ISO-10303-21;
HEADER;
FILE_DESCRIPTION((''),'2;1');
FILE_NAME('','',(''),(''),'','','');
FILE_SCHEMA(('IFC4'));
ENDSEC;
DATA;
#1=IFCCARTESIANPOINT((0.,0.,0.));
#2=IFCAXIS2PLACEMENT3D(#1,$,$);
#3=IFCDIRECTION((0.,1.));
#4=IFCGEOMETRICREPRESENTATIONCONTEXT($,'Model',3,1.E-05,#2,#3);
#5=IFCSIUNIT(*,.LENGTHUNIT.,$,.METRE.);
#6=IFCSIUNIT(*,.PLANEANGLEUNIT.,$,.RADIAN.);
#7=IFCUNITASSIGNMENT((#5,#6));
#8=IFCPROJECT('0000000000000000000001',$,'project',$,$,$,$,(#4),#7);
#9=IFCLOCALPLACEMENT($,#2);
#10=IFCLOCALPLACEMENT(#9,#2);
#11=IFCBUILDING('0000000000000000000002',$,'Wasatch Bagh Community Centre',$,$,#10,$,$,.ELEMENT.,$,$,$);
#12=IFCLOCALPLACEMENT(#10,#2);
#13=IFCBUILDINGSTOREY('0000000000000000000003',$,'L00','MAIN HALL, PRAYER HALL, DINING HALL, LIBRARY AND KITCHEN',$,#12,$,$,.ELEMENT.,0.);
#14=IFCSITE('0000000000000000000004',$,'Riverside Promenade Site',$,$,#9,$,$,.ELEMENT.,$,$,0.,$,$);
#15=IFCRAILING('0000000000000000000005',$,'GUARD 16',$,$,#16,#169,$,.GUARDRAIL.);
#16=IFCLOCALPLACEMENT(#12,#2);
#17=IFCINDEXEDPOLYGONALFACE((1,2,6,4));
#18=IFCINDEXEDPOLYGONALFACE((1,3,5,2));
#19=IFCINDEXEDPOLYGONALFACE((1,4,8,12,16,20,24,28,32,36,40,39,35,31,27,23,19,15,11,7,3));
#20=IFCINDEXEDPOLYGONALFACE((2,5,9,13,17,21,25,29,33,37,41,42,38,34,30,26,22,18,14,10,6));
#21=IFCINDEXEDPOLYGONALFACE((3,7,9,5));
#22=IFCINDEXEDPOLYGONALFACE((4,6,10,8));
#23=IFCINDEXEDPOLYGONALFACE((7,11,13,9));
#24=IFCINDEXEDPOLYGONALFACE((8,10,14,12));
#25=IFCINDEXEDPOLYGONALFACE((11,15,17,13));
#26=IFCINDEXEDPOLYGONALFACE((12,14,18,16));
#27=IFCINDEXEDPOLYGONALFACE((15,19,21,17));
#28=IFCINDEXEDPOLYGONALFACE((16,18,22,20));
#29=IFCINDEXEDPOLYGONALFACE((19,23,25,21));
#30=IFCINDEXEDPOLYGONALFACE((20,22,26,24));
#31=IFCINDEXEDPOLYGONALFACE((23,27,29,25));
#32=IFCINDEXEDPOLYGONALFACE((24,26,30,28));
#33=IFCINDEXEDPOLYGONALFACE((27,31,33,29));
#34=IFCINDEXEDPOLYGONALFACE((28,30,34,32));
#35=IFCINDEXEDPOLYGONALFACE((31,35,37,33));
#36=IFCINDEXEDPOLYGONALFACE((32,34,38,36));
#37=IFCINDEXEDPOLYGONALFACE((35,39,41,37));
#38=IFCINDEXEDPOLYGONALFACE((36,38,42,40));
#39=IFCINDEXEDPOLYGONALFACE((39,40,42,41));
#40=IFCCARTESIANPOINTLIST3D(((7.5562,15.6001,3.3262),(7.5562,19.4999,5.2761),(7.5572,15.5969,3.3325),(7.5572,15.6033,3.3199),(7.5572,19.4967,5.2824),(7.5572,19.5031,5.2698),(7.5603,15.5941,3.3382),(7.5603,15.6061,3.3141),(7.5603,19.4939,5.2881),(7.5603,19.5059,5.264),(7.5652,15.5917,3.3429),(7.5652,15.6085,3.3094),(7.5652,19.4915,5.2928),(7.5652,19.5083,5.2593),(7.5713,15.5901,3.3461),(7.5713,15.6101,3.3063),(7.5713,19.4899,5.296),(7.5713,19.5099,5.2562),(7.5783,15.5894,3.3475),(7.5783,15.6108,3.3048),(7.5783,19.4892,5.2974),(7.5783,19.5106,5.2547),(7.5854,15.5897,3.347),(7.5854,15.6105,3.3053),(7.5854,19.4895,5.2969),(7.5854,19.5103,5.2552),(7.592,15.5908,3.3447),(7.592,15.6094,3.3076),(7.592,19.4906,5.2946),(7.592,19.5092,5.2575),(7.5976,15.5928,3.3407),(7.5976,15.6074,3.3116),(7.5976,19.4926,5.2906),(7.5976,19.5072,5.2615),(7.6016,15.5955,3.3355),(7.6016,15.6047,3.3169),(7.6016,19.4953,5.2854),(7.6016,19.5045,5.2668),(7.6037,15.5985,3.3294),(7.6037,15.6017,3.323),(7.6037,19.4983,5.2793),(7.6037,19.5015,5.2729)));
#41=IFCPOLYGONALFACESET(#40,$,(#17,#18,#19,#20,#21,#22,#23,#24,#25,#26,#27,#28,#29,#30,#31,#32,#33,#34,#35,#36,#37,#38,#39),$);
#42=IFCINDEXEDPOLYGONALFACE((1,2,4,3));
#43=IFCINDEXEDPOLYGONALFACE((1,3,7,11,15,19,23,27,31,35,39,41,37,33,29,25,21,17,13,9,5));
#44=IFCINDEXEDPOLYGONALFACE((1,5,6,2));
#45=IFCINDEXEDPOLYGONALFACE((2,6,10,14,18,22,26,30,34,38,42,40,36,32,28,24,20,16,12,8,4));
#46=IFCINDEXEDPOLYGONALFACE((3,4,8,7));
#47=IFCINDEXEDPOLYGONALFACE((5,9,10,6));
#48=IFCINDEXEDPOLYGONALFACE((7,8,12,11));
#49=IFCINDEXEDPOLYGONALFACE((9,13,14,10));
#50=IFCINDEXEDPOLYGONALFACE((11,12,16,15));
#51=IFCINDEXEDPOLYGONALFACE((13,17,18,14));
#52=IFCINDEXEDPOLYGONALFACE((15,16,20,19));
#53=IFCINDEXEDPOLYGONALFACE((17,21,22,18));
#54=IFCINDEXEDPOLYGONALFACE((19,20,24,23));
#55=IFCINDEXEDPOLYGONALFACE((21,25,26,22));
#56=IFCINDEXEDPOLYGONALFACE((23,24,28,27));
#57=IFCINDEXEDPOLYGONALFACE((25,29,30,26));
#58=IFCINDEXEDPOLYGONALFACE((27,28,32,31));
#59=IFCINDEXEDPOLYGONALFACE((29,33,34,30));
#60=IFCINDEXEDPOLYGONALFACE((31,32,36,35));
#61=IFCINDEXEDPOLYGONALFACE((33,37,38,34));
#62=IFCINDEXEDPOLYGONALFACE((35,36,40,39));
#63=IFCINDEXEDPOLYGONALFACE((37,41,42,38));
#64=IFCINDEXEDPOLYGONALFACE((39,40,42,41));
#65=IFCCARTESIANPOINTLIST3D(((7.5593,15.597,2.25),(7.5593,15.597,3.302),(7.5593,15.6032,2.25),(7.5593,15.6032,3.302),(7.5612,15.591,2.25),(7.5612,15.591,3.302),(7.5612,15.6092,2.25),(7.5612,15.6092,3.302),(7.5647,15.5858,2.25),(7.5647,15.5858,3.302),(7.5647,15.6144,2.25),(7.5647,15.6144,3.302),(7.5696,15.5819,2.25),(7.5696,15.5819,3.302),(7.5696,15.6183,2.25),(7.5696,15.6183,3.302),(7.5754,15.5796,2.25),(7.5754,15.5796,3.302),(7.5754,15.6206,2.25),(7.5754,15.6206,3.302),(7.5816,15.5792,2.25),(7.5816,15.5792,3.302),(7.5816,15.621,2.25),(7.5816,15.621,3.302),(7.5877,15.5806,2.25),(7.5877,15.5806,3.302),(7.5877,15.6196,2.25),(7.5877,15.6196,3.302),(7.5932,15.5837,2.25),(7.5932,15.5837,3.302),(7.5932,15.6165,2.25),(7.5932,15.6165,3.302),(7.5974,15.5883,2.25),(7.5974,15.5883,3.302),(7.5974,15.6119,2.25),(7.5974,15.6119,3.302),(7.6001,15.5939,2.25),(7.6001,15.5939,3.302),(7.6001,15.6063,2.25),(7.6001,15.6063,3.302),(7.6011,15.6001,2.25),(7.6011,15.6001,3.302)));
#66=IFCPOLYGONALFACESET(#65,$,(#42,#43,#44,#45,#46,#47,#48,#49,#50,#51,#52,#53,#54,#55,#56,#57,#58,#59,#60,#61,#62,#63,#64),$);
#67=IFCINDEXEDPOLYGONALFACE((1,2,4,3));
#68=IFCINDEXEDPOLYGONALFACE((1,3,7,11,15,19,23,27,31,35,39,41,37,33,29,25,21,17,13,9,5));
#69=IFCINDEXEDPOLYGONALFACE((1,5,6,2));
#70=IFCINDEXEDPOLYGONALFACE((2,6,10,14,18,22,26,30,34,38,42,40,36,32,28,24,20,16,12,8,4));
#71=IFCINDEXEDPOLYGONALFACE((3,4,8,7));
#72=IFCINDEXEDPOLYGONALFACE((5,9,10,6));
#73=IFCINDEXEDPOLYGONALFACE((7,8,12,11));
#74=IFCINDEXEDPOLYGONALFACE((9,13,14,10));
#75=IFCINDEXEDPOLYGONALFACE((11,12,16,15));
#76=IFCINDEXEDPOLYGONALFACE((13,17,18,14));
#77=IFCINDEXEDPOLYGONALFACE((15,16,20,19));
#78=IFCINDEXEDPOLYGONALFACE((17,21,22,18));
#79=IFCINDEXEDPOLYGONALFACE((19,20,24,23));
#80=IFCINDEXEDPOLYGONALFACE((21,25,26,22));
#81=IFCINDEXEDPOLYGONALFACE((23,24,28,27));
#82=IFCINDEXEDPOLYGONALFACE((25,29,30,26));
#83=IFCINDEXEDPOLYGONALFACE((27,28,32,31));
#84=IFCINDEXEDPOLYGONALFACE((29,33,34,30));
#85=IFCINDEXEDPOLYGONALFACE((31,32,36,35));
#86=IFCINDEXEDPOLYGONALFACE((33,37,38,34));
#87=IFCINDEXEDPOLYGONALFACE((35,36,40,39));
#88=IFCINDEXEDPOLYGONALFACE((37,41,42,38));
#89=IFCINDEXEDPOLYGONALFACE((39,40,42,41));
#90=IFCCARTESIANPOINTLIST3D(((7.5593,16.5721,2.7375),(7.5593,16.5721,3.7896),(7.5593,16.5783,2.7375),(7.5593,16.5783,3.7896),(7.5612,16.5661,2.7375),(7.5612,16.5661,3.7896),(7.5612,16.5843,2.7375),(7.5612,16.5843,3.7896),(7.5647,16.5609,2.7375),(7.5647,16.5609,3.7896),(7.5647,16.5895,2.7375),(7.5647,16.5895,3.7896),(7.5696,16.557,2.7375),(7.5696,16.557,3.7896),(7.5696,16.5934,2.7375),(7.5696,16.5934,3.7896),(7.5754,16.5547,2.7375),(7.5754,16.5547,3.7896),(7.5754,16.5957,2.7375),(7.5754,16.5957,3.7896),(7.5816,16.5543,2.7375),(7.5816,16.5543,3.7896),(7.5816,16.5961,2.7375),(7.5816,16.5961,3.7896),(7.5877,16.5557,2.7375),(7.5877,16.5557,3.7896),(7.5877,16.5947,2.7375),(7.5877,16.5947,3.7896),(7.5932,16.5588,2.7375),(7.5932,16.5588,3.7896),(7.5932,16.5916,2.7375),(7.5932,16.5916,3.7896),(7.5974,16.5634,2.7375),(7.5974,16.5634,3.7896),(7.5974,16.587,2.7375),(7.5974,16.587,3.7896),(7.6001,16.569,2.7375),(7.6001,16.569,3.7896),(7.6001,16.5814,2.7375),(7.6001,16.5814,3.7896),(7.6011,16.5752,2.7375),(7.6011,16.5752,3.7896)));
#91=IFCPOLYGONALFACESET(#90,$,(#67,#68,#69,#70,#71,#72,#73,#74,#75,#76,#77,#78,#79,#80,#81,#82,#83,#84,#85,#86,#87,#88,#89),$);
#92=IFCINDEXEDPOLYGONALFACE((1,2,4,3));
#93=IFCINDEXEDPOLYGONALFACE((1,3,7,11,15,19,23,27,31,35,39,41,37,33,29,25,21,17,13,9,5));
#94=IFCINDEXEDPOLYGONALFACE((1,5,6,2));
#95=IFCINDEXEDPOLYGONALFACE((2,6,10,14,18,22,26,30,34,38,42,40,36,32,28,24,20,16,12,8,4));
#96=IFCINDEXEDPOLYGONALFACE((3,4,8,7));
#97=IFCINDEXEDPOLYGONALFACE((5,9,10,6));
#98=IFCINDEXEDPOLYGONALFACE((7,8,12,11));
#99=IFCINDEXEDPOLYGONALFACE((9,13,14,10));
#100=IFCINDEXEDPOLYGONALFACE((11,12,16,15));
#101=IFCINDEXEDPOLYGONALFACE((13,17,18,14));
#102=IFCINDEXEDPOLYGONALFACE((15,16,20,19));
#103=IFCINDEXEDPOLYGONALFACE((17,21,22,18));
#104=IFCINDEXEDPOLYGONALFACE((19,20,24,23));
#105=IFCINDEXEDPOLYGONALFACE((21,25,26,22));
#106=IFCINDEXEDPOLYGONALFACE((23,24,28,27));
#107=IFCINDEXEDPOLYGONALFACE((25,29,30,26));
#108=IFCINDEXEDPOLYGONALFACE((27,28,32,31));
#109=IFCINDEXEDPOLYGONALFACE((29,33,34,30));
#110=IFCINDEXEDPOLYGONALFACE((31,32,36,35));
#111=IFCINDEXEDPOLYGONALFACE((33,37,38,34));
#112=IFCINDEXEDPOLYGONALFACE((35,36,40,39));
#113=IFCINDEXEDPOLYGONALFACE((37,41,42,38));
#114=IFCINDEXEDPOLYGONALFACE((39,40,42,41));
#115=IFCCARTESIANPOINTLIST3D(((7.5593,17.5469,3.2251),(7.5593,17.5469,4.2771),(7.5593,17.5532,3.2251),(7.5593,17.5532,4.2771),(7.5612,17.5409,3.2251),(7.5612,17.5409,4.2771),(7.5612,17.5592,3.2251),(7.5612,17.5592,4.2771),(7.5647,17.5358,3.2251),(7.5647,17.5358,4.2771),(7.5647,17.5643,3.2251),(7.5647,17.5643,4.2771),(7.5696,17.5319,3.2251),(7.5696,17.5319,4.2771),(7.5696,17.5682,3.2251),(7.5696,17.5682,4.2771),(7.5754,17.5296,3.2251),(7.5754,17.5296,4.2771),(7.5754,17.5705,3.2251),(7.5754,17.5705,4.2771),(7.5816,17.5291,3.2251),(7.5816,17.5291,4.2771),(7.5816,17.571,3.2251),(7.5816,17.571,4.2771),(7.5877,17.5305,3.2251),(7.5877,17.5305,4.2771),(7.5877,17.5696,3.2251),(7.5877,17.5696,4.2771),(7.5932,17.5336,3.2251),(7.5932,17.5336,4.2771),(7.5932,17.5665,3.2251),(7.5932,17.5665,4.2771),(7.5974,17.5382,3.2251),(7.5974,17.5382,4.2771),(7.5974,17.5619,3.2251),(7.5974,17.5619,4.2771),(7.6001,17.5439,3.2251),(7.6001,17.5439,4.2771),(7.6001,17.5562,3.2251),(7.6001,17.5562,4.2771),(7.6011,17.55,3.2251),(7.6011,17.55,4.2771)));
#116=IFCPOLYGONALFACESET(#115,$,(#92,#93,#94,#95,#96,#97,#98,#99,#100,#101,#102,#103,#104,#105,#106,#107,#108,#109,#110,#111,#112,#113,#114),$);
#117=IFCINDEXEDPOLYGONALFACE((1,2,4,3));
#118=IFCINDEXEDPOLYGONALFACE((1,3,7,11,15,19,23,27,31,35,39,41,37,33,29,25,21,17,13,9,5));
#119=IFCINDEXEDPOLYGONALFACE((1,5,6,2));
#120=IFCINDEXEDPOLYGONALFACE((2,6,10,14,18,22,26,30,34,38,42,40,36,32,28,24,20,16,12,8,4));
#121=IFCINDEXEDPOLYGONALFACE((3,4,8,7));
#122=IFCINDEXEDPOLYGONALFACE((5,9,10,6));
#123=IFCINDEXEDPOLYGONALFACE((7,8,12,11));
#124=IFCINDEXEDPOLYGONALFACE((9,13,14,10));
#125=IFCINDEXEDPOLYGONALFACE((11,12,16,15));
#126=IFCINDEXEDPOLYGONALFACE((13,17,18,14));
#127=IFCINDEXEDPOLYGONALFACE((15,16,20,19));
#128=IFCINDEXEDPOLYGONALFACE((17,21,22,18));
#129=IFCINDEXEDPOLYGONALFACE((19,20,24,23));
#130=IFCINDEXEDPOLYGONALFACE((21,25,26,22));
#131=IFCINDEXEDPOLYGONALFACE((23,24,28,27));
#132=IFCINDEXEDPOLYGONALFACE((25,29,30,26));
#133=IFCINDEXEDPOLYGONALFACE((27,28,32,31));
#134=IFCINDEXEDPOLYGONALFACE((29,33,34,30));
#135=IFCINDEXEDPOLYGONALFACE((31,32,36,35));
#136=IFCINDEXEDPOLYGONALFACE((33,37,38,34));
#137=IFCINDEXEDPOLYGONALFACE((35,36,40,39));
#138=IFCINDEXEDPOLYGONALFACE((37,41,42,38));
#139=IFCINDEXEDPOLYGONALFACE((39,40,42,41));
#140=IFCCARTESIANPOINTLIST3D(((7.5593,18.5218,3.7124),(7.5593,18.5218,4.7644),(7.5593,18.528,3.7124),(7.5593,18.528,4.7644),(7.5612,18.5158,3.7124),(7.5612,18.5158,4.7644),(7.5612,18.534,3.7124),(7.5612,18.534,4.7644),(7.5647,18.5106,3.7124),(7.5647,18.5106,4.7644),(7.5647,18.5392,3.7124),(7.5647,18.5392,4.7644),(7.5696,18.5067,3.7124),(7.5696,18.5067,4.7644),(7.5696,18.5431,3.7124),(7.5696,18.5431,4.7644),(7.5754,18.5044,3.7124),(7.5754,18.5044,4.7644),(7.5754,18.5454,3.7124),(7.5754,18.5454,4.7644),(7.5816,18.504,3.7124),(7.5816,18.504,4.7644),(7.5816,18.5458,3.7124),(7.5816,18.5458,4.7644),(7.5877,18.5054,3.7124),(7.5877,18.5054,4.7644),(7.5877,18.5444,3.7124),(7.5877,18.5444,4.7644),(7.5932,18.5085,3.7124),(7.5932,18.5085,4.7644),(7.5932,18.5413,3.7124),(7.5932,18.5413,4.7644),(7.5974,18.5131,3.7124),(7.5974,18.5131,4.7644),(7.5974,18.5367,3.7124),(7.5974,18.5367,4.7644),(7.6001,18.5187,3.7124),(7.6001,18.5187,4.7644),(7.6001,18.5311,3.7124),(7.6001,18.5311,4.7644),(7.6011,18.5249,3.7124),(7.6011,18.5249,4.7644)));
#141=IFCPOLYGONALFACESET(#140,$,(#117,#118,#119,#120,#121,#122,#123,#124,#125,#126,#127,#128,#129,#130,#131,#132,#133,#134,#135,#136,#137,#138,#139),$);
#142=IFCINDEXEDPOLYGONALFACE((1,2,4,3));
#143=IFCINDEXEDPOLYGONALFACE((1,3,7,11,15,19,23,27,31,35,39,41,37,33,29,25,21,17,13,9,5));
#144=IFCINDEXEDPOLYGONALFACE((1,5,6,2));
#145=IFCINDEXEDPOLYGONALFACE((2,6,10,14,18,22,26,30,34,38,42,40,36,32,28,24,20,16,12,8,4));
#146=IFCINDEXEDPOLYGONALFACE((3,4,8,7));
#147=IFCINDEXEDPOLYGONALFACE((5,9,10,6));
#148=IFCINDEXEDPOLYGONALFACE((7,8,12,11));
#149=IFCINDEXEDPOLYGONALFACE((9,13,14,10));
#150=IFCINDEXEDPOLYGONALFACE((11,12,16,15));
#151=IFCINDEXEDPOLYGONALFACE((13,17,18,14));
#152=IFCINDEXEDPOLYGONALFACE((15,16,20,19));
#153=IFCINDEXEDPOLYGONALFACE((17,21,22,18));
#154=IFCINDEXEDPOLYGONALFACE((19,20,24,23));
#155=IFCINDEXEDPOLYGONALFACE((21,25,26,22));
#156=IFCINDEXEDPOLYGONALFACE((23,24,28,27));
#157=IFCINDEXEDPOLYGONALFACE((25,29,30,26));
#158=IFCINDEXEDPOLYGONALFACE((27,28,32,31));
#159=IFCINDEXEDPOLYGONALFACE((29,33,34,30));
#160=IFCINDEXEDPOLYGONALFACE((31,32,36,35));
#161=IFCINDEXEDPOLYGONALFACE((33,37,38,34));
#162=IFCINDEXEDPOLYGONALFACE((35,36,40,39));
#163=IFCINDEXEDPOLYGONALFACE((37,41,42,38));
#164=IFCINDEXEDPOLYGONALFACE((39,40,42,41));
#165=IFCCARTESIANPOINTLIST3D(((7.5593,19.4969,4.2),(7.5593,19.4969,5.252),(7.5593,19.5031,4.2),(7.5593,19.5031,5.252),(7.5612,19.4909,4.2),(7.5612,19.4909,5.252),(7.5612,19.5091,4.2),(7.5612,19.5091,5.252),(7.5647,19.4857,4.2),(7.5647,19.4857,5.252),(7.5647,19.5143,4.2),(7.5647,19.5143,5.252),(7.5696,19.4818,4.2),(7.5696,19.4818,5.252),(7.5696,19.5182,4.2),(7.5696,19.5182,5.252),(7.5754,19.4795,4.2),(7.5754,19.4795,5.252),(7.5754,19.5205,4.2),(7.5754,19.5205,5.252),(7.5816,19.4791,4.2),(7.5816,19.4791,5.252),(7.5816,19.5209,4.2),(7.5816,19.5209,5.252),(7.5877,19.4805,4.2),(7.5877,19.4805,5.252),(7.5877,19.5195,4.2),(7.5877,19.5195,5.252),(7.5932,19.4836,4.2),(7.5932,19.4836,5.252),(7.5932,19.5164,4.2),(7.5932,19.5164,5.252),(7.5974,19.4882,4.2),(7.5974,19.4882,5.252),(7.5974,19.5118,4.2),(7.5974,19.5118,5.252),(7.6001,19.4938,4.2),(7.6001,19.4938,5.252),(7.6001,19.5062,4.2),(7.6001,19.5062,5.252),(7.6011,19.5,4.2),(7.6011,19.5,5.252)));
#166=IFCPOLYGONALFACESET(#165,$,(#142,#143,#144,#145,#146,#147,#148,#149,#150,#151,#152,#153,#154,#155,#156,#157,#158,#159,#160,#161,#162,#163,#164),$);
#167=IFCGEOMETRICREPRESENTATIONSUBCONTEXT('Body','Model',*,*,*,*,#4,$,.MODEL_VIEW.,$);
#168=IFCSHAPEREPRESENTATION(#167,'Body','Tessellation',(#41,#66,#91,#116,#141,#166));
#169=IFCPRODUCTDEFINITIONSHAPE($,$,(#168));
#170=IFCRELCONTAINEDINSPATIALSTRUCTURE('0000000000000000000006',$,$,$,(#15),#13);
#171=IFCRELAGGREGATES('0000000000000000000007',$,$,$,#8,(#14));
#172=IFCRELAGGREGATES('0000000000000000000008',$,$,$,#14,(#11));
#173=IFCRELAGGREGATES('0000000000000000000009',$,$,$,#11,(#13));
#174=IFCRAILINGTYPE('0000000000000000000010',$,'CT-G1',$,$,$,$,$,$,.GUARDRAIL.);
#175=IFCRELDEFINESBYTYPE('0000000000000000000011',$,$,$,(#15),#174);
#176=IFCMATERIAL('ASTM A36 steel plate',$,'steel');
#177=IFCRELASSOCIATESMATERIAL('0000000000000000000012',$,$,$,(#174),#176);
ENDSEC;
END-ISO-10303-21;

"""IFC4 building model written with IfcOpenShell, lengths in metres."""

from ifc_helpers import new_model, si_unit, direction, frame, origin, origin_2d, place, context, subcontext, project, spatial, circle, extrude, material, type_object, element, save


model = new_model("IFC4")

# Units and contexts
model_context = context("Model", 3, precision=1e-05, world=origin(), true_north=direction((0.0, 1.0)))
body_context = subcontext(model_context, "Body", "Model", "MODEL_VIEW")
ifc_project = project(units=[si_unit("LENGTHUNIT", "METRE"), si_unit("PLANEANGLEUNIT", "RADIAN")], contexts=[model_context])

# Site, building, storey
site_placement = place(None, origin())
site = spatial("IfcSite", under=ifc_project, at=site_placement, Name="Riverside Promenade Site", CompositionType="ELEMENT", RefElevation=0.0)
building_placement = place(site_placement, origin())
building = spatial("IfcBuilding", under=site, at=building_placement, Name="Wasatch Bagh Community Centre", CompositionType="ELEMENT")
storey_placement = place(building_placement, origin())
storey = spatial("IfcBuildingStorey", under=building, at=storey_placement, Name="L00", Description="MAIN HALL, PRAYER HALL, DINING HALL, LIBRARY AND KITCHEN", CompositionType="ELEMENT", Elevation=0.0)

# Railing
ifc_material_1 = material(Name="ASTM A36 steel plate", Category="steel")
railing_type_1 = type_object("IfcRailingType", Name="CT-G1", PredefinedType="GUARDRAIL", material=ifc_material_1)
for number, where, name in (
    (1, (7.5801, 15.6001, 2.25), "GUARD 16"),
):
    element("IfcRailing", number, at=place(storey_placement, frame(where)), inside=storey, type_object=railing_type_1, Name=name, PredefinedType="GUARDRAIL", context=body_context, shape_type="SweptSolid", body=[
        extrude(circle(Radius=0.0239, at=origin_2d()), frame((0.0, 0.0, 1.0762), z_axis=(0.0, 0.894427, 0.447214), x_axis=(-1.0, 0.0, 0.0)), (0.0, 0.0, 1.0), 4.3601),
        extrude(circle(Radius=0.021, at=origin_2d()), origin(), (0.0, 0.0, 1.0), 1.052),
        extrude(circle(Radius=0.021, at=origin_2d()), frame((0.0, 0.9751, 0.4875)), (0.0, 0.0, 1.0), 1.052),
        extrude(circle(Radius=0.021, at=origin_2d()), frame((0.0, 1.95, 0.9751)), (0.0, 0.0, 1.0), 1.052),
        extrude(circle(Radius=0.021, at=origin_2d()), frame((0.0, 2.9248, 1.4624)), (0.0, 0.0, 1.0), 1.052),
        extrude(circle(Radius=0.021, at=origin_2d()), frame((0.0, 3.8999, 1.95)), (0.0, 0.0, 1.0), 1.052),
    ])

save(model, "model.ifc")
